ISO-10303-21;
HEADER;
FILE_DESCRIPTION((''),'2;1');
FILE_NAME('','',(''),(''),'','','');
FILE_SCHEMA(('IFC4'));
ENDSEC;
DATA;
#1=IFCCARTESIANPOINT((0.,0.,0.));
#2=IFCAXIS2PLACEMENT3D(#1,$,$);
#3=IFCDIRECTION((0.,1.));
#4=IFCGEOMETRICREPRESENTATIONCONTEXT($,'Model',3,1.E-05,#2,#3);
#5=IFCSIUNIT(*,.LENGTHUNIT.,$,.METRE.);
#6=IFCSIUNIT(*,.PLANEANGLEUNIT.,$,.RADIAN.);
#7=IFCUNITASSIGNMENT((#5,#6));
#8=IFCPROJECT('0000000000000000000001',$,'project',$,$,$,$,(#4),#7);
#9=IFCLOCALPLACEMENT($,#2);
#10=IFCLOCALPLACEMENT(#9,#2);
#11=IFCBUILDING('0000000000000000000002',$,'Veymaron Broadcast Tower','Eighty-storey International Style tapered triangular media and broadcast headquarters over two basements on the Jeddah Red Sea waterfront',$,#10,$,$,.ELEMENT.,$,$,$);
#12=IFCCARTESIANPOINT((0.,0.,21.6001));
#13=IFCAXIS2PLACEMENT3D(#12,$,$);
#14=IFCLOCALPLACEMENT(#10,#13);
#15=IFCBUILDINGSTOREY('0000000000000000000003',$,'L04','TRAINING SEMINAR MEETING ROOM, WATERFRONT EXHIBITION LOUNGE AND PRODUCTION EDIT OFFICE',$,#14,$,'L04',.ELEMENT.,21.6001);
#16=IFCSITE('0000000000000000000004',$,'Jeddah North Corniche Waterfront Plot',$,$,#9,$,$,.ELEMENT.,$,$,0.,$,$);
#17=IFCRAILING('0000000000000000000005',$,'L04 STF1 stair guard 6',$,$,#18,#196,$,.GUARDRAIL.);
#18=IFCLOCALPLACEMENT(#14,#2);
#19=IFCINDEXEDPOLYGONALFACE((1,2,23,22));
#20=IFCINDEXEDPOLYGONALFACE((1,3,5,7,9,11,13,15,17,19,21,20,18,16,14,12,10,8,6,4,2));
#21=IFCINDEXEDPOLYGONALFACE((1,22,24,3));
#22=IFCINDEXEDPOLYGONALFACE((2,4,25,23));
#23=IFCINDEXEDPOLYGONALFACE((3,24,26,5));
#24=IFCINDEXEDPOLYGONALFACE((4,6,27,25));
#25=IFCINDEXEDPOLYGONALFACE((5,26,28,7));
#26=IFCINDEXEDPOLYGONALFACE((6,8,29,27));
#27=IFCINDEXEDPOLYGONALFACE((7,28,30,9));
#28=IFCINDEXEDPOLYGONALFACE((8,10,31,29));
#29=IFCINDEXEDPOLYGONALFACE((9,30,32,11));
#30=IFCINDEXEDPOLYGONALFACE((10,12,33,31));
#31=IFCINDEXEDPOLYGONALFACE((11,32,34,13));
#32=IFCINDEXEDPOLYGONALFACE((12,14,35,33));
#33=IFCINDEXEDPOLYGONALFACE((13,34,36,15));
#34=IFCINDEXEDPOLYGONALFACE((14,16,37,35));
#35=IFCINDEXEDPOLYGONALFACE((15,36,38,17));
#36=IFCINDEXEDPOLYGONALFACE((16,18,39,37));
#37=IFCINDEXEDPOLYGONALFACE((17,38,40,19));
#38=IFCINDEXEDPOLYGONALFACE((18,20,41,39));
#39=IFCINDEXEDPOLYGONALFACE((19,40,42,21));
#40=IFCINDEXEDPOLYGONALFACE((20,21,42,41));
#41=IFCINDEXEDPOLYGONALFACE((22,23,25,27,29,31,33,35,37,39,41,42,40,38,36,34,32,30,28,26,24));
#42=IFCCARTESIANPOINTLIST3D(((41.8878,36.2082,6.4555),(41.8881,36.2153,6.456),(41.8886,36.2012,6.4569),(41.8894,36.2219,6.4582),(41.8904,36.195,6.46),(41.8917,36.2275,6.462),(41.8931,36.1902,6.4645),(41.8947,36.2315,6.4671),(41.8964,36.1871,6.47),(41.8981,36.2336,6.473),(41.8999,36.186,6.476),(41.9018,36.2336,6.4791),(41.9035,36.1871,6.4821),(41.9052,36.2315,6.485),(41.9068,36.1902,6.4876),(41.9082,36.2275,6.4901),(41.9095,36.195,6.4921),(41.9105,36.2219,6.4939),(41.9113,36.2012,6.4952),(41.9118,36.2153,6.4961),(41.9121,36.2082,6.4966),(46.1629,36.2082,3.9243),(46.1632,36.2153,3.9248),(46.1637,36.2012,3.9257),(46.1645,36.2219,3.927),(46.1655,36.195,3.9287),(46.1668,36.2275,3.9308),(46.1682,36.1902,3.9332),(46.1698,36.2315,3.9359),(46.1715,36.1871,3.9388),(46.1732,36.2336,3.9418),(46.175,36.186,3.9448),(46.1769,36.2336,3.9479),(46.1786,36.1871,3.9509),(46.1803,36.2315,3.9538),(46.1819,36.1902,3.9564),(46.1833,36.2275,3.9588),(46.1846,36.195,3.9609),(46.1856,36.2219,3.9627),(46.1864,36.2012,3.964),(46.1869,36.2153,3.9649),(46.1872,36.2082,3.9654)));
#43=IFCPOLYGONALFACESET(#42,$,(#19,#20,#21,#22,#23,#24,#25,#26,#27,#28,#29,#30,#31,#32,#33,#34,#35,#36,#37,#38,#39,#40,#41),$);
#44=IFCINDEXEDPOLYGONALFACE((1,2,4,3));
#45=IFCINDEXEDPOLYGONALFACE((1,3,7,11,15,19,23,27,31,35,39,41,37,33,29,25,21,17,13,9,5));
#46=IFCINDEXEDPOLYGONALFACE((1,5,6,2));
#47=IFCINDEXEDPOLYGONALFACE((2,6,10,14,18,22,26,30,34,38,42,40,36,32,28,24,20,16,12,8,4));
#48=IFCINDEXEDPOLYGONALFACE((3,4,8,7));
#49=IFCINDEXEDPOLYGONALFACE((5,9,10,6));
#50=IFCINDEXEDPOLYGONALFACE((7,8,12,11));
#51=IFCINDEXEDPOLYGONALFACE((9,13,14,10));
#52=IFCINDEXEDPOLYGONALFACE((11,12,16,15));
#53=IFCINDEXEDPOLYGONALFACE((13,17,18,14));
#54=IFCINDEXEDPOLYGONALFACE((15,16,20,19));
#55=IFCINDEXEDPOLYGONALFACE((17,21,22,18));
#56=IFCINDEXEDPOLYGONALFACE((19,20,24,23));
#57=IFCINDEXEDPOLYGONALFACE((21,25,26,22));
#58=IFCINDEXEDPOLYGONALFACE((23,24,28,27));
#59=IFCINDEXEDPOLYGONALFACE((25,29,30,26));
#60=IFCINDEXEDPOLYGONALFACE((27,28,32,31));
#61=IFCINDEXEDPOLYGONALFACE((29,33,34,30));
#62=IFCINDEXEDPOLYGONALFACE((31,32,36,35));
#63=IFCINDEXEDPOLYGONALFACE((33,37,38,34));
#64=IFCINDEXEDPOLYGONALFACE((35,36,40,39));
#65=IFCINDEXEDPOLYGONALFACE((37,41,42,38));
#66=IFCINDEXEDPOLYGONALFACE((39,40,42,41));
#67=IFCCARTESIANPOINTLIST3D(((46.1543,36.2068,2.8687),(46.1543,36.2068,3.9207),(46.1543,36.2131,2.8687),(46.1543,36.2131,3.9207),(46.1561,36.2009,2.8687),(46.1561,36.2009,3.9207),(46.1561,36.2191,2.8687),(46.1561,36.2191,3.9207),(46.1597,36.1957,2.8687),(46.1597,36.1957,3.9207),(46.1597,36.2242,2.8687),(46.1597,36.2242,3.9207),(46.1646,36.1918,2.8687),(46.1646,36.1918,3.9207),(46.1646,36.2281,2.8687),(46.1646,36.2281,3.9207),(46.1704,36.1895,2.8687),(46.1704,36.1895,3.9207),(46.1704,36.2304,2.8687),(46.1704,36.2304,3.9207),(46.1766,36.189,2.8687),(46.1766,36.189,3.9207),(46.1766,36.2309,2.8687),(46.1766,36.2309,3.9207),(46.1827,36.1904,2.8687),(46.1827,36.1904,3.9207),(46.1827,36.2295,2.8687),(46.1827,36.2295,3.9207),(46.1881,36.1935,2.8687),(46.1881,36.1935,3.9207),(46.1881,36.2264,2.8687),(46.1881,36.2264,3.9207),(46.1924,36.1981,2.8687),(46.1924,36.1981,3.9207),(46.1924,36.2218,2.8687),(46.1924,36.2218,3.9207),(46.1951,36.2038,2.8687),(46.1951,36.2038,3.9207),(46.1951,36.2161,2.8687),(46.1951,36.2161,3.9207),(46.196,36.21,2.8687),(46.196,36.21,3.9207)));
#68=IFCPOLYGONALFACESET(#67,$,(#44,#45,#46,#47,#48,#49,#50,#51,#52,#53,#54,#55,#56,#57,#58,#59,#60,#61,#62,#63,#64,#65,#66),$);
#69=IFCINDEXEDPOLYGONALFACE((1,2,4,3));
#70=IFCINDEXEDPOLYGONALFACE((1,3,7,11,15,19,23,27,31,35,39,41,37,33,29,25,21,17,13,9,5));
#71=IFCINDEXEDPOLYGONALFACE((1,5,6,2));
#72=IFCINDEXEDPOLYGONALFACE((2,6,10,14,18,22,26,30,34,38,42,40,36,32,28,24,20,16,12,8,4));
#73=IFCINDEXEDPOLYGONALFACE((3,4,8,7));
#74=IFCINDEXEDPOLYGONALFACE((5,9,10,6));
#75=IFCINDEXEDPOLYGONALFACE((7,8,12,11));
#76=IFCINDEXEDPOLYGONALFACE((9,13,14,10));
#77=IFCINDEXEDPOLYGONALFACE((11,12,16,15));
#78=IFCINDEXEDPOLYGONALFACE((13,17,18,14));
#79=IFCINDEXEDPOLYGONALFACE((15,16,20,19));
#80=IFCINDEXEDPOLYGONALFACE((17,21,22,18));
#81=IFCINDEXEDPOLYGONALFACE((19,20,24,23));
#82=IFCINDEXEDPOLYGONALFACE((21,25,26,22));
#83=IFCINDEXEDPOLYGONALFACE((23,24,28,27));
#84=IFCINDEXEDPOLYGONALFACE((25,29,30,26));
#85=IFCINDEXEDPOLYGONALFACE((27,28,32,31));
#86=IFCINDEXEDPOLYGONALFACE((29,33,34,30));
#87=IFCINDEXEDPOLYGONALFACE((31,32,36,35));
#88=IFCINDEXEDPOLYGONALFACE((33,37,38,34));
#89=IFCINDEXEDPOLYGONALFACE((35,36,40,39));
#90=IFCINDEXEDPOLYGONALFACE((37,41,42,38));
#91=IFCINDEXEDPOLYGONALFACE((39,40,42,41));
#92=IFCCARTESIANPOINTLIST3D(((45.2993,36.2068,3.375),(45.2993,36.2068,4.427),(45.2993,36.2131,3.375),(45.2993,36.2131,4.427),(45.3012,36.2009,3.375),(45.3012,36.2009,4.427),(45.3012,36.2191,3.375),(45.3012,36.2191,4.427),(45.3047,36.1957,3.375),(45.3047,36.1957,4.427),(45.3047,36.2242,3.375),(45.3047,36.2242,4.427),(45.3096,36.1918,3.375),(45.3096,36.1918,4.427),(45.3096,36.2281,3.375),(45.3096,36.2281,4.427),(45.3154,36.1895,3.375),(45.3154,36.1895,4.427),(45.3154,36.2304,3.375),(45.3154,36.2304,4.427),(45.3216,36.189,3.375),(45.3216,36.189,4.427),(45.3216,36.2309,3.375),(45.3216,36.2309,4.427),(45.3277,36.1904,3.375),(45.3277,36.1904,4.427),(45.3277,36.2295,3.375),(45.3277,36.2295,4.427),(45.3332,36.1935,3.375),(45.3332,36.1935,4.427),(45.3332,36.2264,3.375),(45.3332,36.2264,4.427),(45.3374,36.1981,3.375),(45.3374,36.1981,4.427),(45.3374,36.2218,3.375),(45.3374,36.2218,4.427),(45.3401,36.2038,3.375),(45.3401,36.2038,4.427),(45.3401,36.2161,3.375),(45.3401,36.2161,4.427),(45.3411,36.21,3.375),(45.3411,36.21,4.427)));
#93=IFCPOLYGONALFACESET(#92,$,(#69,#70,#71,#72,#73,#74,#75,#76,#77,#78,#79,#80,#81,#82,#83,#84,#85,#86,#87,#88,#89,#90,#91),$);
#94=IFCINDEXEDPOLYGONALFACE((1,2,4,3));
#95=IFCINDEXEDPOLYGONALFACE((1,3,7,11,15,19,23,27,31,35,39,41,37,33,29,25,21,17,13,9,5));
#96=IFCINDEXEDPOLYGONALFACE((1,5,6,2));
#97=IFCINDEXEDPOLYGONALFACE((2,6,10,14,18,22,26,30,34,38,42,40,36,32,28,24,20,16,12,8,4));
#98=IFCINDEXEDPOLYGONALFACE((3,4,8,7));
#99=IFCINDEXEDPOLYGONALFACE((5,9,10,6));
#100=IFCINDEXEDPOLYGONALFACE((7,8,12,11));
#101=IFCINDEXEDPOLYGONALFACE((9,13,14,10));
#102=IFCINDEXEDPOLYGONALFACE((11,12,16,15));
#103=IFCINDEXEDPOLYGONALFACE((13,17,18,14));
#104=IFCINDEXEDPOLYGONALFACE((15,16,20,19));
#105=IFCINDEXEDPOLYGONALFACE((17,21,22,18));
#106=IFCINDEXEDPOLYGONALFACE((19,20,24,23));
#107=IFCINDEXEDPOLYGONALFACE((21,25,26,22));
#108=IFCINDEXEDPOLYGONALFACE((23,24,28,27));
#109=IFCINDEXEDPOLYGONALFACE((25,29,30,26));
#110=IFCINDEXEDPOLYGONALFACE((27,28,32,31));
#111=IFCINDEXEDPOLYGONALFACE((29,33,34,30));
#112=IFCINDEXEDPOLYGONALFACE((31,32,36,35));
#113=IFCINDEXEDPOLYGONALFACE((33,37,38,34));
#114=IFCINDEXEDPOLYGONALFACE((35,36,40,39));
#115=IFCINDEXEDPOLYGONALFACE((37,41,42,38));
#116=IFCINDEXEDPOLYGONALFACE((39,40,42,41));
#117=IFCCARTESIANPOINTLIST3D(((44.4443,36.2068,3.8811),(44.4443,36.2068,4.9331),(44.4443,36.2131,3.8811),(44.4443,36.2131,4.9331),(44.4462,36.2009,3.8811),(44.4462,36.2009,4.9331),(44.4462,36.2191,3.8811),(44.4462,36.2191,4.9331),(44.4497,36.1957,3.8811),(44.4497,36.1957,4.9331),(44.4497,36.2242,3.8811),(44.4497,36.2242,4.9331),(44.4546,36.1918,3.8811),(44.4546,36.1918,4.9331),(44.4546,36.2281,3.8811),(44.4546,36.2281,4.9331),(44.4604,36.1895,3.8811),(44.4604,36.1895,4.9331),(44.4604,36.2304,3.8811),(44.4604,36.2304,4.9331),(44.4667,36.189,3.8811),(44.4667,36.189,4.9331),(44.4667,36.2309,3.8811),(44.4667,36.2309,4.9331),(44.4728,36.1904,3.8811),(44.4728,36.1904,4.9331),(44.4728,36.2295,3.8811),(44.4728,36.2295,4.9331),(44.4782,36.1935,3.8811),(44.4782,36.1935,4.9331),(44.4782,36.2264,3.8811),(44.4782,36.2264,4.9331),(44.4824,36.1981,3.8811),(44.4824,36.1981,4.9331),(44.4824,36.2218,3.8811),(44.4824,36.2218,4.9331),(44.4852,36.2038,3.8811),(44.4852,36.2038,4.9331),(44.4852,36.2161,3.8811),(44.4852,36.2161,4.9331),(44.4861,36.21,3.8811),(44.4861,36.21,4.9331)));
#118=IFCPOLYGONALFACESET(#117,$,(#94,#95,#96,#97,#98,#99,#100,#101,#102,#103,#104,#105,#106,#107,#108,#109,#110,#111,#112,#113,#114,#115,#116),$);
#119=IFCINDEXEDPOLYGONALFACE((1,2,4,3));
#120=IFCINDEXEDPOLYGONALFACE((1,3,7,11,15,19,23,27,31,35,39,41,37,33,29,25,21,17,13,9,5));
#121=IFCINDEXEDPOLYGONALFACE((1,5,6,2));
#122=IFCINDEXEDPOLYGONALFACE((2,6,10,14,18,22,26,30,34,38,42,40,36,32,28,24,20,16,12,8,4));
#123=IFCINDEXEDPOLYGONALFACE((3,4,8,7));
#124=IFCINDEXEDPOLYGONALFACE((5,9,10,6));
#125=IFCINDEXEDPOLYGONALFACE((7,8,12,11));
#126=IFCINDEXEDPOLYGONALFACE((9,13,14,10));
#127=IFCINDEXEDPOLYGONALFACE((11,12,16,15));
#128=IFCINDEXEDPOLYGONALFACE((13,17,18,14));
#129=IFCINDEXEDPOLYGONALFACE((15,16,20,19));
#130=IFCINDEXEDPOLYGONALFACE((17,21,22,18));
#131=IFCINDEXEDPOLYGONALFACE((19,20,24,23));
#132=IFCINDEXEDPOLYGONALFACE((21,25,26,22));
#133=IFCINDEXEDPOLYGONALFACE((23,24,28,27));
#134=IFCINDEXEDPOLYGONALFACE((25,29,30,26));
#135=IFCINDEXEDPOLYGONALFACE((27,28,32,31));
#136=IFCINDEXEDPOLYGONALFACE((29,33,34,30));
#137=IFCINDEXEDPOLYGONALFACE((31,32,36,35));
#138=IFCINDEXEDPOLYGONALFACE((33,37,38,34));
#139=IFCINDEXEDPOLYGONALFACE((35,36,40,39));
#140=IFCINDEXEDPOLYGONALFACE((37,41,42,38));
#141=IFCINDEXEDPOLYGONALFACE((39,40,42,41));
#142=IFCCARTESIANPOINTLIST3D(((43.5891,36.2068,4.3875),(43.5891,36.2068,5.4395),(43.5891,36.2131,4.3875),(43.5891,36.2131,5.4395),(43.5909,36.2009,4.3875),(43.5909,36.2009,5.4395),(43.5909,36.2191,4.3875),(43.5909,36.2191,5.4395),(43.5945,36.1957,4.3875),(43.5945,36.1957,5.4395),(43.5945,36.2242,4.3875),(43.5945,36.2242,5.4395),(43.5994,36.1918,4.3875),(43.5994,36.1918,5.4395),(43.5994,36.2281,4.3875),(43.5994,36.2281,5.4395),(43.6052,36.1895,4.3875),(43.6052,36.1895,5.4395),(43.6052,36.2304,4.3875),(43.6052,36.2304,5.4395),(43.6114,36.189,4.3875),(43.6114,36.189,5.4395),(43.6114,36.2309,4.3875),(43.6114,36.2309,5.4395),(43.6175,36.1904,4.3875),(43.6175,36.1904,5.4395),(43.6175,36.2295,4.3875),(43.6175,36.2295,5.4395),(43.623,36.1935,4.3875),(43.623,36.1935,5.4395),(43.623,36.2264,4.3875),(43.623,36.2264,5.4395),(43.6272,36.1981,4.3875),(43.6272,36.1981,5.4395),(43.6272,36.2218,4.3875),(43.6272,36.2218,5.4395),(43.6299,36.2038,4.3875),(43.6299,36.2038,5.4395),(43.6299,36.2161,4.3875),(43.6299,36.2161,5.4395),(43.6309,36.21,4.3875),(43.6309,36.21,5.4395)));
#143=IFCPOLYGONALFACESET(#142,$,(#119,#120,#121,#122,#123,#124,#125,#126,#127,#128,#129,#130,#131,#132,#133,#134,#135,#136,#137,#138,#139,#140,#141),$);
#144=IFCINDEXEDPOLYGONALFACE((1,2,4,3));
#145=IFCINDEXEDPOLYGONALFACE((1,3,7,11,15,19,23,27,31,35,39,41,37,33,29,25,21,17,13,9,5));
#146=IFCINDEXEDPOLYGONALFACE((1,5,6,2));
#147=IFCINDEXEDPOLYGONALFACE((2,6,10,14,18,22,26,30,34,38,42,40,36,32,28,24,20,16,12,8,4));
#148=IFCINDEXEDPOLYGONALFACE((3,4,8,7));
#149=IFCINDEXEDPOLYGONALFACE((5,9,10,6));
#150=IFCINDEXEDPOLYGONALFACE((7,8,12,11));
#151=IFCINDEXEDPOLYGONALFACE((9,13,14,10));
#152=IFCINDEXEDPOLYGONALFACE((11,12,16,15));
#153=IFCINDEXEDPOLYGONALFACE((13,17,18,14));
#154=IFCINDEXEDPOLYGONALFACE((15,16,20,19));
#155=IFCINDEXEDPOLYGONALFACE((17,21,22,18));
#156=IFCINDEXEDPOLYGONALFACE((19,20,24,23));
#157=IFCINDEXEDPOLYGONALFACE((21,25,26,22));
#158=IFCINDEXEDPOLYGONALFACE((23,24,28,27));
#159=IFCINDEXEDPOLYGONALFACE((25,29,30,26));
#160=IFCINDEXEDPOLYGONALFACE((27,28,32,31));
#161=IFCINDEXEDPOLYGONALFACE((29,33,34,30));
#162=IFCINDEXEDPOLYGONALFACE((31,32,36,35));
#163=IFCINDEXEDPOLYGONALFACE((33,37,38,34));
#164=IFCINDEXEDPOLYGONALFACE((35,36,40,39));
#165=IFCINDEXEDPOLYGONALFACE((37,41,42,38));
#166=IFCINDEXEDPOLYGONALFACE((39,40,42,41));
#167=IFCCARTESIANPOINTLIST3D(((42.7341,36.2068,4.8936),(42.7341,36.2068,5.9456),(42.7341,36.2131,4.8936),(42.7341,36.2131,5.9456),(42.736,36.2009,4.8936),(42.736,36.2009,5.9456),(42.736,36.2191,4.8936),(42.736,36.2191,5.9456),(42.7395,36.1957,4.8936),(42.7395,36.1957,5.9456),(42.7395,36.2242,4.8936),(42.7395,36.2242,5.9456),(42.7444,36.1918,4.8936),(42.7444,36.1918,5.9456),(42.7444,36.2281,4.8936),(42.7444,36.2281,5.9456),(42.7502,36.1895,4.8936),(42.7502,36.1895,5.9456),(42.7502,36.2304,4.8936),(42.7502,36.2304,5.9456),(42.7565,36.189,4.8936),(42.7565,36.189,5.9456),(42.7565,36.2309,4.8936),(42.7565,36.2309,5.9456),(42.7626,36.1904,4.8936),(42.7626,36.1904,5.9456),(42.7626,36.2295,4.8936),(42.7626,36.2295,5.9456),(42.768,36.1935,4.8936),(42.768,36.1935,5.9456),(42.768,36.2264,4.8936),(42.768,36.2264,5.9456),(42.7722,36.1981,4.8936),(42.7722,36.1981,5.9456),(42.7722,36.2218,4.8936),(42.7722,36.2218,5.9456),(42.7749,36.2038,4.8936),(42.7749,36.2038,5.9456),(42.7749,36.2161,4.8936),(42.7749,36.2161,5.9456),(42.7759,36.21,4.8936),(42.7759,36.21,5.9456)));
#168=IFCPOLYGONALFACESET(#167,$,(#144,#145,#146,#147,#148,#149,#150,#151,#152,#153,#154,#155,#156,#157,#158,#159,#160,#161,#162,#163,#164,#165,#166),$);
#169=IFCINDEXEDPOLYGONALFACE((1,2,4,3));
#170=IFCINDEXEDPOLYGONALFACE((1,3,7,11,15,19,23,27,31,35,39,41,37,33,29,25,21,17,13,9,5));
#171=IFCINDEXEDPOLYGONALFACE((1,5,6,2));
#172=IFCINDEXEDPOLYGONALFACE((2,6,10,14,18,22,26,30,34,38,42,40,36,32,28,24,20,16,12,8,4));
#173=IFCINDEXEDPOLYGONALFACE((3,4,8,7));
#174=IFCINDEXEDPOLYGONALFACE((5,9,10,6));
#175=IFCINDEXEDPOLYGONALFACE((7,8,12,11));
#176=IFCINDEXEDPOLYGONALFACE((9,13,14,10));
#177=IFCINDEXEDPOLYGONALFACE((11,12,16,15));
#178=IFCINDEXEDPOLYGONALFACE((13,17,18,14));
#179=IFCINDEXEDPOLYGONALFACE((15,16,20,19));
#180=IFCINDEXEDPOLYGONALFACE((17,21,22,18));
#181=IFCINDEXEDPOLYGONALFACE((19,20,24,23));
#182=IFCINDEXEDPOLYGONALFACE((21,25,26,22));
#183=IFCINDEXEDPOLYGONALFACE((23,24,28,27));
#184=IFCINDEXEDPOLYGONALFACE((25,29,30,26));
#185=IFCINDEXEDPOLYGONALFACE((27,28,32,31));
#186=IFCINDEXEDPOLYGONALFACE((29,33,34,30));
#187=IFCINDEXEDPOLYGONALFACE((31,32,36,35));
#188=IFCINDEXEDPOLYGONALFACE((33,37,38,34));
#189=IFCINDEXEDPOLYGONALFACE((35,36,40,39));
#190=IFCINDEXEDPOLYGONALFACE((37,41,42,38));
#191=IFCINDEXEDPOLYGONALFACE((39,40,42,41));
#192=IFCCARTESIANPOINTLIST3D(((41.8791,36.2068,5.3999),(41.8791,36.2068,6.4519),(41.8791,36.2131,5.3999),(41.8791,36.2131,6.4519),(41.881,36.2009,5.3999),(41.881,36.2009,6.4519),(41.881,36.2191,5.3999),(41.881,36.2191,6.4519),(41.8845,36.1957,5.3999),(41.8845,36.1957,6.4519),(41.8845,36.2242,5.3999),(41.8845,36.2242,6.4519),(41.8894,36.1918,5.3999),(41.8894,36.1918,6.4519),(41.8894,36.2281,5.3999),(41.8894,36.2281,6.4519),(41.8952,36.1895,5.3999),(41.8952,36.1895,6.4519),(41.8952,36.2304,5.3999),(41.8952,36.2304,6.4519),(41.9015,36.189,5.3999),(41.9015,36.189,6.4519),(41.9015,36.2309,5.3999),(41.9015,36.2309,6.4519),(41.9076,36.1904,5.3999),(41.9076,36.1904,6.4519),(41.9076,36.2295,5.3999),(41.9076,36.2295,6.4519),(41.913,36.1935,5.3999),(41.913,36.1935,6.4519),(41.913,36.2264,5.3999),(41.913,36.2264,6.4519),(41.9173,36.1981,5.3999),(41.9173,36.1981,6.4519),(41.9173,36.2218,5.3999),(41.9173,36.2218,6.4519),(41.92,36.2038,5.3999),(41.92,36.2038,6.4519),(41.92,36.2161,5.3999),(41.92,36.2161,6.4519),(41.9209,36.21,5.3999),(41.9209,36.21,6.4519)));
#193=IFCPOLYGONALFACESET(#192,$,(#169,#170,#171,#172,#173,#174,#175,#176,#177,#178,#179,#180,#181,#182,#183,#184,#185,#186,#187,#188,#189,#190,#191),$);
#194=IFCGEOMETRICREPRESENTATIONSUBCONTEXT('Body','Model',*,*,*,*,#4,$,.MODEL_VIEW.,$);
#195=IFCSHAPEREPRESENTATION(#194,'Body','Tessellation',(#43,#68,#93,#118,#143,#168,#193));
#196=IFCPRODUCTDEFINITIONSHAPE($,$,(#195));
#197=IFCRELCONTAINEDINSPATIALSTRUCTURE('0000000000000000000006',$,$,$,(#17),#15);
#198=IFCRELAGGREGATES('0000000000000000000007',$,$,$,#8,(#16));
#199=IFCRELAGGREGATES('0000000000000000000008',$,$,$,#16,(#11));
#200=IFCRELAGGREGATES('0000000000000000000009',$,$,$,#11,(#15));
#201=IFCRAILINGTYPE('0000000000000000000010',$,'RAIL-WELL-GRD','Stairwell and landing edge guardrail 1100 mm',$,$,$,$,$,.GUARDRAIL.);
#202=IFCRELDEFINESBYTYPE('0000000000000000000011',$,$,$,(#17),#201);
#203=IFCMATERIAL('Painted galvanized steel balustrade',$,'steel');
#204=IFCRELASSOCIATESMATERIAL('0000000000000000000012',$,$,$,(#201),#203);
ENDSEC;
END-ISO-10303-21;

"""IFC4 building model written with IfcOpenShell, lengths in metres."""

from ifc_helpers import new_model, si_unit, direction, frame, origin, origin_2d, place, context, subcontext, project, spatial, circle, extrude, material, type_object, element, save


model = new_model("IFC4")

# Units and contexts
model_context = context("Model", 3, precision=1e-05, world=origin(), true_north=direction((0.0, 1.0)))
body_context = subcontext(model_context, "Body", "Model", "MODEL_VIEW")
ifc_project = project(units=[si_unit("LENGTHUNIT", "METRE"), si_unit("PLANEANGLEUNIT", "RADIAN")], contexts=[model_context])

# Site, building, storey
site_placement = place(None, origin())
site = spatial("IfcSite", under=ifc_project, at=site_placement, Name="Jeddah North Corniche Waterfront Plot", CompositionType="ELEMENT", RefElevation=0.0)
building_placement = place(site_placement, origin())
building = spatial("IfcBuilding", under=site, at=building_placement, Name="Veymaron Broadcast Tower", Description="Eighty-storey International Style tapered triangular media and broadcast headquarters over two basements on the Jeddah Red Sea waterfront", CompositionType="ELEMENT")
storey_placement = place(building_placement, frame((0.0, 0.0, 21.6001)))
storey = spatial("IfcBuildingStorey", under=building, at=storey_placement, Name="L04", Description="TRAINING SEMINAR MEETING ROOM, WATERFRONT EXHIBITION LOUNGE AND PRODUCTION EDIT OFFICE", LongName="L04", CompositionType="ELEMENT", Elevation=21.6001)

# Railing
ifc_material_1 = material(Name="Painted galvanized steel balustrade", Category="steel")
railing_type_1 = type_object("IfcRailingType", Name="RAIL-WELL-GRD", Description="Stairwell and landing edge guardrail 1100 mm", PredefinedType="GUARDRAIL", material=ifc_material_1)
railing_1_placement = place(storey_placement, frame((46.175, 36.21, 2.8687)))
element("IfcRailing", 1, at=railing_1_placement, inside=storey, type_object=railing_type_1, Name="L04 STF1 stair guard 6", PredefinedType="GUARDRAIL", context=body_context, shape_type="SweptSolid", body=[
    extrude(circle(Radius=0.0239, at=origin_2d()), frame((0.0, 0.0, 1.0762), z_axis=(-0.860483, 0.0, 0.509479), x_axis=(0.0, -1.0, 0.0)), (0.0, 0.0, 1.0), 4.9683),
    extrude(circle(Radius=0.021, at=origin_2d()), origin(), (0.0, 0.0, 1.0), 1.052),
    extrude(circle(Radius=0.021, at=origin_2d()), frame((-0.855, 0.0, 0.5063)), (0.0, 0.0, 1.0), 1.052),
    extrude(circle(Radius=0.021, at=origin_2d()), frame((-1.71, 0.0, 1.0125)), (0.0, 0.0, 1.0), 1.052),
    extrude(circle(Radius=0.021, at=origin_2d()), frame((-2.5652, 0.0, 1.5188)), (0.0, 0.0, 1.0), 1.052),
    extrude(circle(Radius=0.021, at=origin_2d()), frame((-3.4202, 0.0, 2.0249)), (0.0, 0.0, 1.0), 1.052),
    extrude(circle(Radius=0.021, at=origin_2d()), frame((-4.2751, 0.0, 2.5312)), (0.0, 0.0, 1.0), 1.052),
])

save(model, "model.ifc")
